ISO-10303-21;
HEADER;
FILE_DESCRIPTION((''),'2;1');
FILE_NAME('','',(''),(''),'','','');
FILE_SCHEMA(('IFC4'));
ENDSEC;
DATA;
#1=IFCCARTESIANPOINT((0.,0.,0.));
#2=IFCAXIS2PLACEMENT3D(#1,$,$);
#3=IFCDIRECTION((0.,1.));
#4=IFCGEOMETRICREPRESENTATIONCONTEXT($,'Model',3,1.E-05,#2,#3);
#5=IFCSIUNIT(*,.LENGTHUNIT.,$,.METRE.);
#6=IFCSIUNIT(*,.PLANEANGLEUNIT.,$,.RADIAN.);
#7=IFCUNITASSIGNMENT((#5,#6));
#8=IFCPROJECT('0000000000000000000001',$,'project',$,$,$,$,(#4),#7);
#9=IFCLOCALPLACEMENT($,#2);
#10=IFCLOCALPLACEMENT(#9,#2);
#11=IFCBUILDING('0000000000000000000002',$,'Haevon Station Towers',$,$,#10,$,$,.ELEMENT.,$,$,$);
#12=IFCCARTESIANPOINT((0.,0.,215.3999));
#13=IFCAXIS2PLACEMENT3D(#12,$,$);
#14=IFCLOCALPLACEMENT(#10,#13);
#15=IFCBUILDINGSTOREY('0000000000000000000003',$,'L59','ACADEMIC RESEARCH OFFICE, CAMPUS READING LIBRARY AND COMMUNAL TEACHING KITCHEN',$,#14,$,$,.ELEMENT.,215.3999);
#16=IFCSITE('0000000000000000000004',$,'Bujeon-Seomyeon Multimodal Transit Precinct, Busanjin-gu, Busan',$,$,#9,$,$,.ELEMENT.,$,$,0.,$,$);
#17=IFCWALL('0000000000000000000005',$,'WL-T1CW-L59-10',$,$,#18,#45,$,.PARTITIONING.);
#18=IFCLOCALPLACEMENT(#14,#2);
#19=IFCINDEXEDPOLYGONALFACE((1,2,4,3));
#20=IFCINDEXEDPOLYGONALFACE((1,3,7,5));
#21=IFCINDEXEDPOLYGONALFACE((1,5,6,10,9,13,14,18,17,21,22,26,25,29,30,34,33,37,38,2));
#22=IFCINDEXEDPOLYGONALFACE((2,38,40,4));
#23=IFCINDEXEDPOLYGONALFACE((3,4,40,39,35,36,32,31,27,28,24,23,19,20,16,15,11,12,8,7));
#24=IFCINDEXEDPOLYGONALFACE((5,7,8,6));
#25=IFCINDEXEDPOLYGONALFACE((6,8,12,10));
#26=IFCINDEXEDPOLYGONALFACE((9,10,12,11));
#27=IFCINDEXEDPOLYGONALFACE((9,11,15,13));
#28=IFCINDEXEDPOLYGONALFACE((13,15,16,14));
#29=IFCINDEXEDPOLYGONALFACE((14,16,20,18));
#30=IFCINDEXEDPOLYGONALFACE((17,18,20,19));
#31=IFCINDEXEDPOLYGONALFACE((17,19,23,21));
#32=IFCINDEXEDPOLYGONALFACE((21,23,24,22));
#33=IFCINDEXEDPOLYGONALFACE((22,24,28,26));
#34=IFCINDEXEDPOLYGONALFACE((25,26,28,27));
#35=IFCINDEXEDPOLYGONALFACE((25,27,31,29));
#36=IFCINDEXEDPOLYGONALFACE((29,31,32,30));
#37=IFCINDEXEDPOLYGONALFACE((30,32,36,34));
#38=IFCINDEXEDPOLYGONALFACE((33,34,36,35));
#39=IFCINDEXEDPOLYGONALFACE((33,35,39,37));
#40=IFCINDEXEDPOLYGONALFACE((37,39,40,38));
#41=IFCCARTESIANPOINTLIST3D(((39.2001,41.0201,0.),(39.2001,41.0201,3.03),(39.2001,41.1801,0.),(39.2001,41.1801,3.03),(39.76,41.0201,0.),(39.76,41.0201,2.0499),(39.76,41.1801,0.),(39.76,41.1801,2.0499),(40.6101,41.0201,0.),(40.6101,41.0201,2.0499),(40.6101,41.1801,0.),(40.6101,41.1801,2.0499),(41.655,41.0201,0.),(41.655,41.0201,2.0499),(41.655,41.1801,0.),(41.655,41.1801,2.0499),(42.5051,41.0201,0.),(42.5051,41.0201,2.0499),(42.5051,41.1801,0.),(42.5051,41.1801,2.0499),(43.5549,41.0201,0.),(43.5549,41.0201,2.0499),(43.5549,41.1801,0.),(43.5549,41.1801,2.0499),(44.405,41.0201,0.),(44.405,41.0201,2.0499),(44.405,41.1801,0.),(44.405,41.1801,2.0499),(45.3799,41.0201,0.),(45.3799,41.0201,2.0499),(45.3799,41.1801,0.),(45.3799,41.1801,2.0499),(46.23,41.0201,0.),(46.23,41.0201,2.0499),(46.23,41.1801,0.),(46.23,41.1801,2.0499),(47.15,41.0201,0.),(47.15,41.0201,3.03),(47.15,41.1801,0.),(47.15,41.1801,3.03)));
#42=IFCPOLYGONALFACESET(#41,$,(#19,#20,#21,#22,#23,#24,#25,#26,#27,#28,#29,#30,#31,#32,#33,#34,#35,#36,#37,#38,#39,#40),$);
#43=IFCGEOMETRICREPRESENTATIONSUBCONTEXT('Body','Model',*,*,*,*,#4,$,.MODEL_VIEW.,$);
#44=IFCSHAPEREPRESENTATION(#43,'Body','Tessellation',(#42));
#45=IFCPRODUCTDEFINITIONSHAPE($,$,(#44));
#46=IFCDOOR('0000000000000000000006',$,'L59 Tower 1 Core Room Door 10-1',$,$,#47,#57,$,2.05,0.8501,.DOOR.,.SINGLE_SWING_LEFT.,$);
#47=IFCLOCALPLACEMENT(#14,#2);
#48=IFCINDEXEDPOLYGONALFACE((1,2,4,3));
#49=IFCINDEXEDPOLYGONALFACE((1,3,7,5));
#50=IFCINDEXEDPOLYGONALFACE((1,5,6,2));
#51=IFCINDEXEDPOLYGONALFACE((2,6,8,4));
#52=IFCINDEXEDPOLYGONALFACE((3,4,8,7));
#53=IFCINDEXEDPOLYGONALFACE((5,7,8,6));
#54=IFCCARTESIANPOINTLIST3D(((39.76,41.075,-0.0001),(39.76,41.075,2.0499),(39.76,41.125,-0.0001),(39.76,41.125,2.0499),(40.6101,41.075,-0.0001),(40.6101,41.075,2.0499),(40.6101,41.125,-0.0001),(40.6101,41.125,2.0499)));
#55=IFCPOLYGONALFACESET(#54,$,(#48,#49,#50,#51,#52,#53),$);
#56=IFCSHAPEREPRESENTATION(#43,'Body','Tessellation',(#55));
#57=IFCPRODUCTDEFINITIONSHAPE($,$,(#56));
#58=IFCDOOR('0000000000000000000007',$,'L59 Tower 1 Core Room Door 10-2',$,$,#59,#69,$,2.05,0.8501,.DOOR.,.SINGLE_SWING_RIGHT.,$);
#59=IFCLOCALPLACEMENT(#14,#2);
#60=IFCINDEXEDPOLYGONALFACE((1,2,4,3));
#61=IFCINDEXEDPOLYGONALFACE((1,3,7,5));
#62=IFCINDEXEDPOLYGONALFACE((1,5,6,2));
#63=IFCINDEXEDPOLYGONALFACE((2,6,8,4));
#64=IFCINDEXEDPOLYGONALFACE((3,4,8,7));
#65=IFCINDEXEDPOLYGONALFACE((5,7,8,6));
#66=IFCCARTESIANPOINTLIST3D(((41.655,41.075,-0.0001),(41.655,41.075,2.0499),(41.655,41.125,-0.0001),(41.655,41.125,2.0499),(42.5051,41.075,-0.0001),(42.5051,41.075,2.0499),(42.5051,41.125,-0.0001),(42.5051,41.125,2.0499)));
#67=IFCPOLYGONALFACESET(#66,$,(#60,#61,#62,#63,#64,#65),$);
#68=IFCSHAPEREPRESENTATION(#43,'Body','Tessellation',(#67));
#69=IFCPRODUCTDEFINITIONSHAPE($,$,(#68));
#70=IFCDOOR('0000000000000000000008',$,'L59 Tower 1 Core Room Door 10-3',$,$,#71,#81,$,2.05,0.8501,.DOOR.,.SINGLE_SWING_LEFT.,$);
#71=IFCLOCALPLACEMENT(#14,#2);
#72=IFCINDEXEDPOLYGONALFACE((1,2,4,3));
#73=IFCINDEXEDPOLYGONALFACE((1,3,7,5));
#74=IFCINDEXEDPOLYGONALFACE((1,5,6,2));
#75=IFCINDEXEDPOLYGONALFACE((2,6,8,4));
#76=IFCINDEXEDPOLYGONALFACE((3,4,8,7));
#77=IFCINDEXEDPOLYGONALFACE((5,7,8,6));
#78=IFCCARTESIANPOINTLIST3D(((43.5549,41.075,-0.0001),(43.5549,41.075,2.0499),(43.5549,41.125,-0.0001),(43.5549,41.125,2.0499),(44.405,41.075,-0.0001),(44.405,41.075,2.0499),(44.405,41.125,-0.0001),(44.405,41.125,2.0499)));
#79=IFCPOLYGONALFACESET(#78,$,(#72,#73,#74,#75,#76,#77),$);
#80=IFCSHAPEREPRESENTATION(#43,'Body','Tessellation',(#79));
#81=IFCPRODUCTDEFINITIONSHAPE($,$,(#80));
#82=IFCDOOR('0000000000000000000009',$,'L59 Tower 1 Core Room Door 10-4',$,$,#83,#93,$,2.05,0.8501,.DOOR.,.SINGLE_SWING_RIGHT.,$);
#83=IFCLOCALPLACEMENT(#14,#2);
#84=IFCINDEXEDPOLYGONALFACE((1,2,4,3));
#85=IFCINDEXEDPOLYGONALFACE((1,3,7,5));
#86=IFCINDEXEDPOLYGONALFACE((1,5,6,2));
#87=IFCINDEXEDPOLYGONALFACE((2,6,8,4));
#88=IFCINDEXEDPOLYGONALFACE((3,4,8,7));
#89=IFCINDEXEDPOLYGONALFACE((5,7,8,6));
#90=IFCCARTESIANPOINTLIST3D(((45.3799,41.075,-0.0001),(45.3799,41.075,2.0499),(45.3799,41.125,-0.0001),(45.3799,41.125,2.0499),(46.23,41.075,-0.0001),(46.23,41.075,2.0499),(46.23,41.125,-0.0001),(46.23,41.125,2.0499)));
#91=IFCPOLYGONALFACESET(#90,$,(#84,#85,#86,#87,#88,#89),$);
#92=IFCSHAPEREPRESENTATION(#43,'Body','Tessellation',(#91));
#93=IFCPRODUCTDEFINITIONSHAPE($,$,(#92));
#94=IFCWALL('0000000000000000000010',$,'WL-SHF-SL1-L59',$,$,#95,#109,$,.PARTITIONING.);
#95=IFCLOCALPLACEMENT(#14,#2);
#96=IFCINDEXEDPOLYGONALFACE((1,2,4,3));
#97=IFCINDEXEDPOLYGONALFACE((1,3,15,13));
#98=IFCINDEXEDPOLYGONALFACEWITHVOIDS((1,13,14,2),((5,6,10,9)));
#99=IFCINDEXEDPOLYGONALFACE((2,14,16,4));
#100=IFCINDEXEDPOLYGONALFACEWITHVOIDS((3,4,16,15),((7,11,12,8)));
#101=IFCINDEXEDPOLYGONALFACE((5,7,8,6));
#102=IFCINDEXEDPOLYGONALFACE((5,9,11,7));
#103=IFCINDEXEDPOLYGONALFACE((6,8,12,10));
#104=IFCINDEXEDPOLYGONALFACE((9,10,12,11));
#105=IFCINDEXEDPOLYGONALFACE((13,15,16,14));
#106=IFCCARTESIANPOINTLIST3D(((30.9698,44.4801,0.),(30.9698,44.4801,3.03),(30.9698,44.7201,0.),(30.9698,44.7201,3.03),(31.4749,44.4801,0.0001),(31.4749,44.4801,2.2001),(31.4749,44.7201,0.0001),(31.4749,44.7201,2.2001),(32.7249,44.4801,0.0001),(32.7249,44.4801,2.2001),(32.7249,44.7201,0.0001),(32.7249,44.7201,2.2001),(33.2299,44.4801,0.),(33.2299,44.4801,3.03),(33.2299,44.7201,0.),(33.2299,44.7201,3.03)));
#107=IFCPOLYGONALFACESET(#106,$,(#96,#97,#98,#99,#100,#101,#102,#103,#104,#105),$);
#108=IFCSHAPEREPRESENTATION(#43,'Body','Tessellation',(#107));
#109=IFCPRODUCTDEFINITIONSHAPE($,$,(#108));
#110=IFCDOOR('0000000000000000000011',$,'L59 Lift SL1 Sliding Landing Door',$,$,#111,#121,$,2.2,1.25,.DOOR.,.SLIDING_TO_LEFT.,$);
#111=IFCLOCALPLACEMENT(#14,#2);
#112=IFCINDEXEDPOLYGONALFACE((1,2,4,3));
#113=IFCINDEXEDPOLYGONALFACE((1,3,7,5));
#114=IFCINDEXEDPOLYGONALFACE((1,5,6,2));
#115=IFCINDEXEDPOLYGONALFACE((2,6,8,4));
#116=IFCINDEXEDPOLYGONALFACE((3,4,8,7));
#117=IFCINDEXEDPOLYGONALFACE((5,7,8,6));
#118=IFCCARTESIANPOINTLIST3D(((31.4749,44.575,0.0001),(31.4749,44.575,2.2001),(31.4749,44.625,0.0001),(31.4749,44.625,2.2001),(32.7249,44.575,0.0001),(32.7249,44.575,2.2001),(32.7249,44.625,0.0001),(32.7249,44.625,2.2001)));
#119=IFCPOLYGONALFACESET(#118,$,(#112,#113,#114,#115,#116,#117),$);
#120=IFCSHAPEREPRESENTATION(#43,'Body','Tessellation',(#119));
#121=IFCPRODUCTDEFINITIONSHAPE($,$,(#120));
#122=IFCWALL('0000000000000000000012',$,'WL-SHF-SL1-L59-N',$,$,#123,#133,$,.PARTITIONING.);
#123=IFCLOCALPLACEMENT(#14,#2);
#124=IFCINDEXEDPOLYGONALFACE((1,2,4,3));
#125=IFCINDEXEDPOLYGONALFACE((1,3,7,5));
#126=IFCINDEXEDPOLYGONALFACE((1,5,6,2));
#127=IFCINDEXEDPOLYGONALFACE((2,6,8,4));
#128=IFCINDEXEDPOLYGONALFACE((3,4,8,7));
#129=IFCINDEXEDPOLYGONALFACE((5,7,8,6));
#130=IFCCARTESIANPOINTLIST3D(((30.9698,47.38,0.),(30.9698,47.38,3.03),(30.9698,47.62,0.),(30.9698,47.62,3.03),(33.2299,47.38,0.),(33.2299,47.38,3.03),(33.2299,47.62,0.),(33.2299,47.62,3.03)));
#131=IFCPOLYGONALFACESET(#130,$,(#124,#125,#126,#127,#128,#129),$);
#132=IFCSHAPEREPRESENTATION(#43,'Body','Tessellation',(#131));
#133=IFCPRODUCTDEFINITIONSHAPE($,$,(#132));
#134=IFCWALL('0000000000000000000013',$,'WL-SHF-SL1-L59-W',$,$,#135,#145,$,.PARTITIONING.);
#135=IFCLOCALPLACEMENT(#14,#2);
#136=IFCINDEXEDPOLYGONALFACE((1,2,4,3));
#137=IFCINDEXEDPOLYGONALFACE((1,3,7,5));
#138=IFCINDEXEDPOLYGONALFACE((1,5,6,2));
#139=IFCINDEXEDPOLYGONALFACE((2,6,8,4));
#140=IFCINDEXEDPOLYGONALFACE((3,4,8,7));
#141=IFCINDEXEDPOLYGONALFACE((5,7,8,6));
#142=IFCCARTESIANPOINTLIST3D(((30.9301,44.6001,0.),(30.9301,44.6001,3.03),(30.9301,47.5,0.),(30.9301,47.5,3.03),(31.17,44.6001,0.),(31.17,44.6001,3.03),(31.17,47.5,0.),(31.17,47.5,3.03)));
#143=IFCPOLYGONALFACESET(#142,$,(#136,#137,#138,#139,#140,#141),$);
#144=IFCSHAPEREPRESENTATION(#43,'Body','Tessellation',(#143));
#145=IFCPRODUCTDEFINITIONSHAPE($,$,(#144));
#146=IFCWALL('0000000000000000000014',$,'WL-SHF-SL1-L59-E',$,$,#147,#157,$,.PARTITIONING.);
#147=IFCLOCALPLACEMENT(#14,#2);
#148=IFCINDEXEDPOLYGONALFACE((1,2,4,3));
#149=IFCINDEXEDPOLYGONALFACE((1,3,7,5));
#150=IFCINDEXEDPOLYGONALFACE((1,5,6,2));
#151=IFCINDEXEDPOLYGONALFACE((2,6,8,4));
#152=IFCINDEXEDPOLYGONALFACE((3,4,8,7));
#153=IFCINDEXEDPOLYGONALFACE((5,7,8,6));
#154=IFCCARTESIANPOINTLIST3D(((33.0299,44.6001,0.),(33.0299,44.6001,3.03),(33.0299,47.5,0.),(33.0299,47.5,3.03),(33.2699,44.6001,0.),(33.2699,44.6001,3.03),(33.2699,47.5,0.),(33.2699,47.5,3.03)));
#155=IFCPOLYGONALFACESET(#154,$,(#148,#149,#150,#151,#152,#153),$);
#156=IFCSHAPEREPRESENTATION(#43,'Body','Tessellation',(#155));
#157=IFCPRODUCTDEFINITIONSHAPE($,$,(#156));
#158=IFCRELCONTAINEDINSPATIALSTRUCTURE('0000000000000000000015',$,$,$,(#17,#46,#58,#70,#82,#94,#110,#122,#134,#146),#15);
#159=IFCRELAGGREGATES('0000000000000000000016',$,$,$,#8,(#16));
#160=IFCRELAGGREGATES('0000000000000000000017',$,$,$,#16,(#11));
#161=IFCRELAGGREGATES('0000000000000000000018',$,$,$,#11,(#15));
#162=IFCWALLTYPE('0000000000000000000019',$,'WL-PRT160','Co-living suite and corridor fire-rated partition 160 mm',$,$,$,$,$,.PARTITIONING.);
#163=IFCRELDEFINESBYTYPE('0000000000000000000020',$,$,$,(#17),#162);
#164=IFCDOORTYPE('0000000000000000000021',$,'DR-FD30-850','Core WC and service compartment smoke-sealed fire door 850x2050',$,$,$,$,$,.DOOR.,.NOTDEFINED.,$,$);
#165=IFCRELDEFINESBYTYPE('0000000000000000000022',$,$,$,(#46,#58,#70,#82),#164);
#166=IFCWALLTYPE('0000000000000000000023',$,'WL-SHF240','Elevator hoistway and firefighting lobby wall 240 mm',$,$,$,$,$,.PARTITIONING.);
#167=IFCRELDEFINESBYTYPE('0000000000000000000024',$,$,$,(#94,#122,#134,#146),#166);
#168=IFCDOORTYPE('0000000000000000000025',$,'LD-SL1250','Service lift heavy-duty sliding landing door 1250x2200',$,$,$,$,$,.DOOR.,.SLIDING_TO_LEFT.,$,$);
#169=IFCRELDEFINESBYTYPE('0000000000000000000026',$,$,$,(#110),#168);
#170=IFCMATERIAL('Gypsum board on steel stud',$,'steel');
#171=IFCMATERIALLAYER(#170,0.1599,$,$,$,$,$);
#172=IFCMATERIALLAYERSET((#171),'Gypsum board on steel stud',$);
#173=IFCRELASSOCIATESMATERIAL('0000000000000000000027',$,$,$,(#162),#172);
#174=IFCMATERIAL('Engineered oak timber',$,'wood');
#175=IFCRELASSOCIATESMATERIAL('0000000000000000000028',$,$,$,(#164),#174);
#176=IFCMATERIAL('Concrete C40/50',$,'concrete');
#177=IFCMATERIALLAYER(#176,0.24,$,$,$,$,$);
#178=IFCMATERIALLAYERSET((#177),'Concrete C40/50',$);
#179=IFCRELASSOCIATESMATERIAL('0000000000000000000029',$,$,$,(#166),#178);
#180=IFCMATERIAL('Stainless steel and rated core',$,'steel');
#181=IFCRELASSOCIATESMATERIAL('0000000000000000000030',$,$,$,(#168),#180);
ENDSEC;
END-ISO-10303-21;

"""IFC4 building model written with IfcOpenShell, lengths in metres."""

from ifc_helpers import new_model, si_unit, direction, frame, frame_2d, origin, place, context, subcontext, project, spatial, rectangle, extrude, material, layer, layer_set, type_object, element, fill, save


model = new_model("IFC4")

# Units and contexts
model_context = context("Model", 3, precision=1e-05, world=origin(), true_north=direction((0.0, 1.0)))
body_context = subcontext(model_context, "Body", "Model", "MODEL_VIEW")
ifc_project = project(units=[si_unit("LENGTHUNIT", "METRE"), si_unit("PLANEANGLEUNIT", "RADIAN")], contexts=[model_context])

# Site, building, storey
site_placement = place(None, origin())
site = spatial("IfcSite", under=ifc_project, at=site_placement, Name="Bujeon-Seomyeon Multimodal Transit Precinct, Busanjin-gu, Busan", CompositionType="ELEMENT", RefElevation=0.0)
building_placement = place(site_placement, origin())
building = spatial("IfcBuilding", under=site, at=building_placement, Name="Haevon Station Towers", CompositionType="ELEMENT")
storey_placement = place(building_placement, frame((0.0, 0.0, 215.3999)))
storey = spatial("IfcBuildingStorey", under=building, at=storey_placement, Name="L59", Description="ACADEMIC RESEARCH OFFICE, CAMPUS READING LIBRARY AND COMMUNAL TEACHING KITCHEN", CompositionType="ELEMENT", Elevation=215.3999)

# Shared definitions
ifc_material_1 = material(Name="Gypsum board on steel stud", Category="steel")
ifc_layer_1 = layer(ifc_material_1, 0.1599)
ifc_layer_set_1 = layer_set([ifc_layer_1], Name="Gypsum board on steel stud")
wall_type_1 = type_object("IfcWallType", Name="WL-PRT160", Description="Co-living suite and corridor fire-rated partition 160 mm", PredefinedType="PARTITIONING", material=ifc_layer_set_1)
ifc_material_2 = material(Name="Engineered oak timber", Category="wood")

# Wall, openings, doors
wall_1_placement = place(storey_placement, frame((39.2, 41.1001, 0.0), z_axis=(0.0, 0.0, 1.0), x_axis=(1.0, 0.0, 0.0)))
wall_1 = element("IfcWall", 1, at=wall_1_placement, inside=storey, type_object=wall_type_1, Name="WL-T1CW-L59-10", PredefinedType="PARTITIONING", context=body_context, shape_type="SweptSolid", body=[
    extrude(rectangle(XDim=7.95, YDim=0.1599, at=frame_2d((3.9751, 0.0))), origin(), (0.0, 0.0, 1.0), 3.03),
])
opening_1_placement = place(wall_1_placement, frame((0.5601, 0.0, 0.0)))
opening_1 = element("IfcOpeningElement", 2, at=opening_1_placement, cuts=wall_1, PredefinedType="OPENING", context=body_context, shape_type="SweptSolid", body=[
    extrude(rectangle(XDim=0.8501, YDim=2.05, at=frame_2d((0.425, 1.0249))), frame((0.0, 0.0898, 0.0), z_axis=(0.0, -1.0, 0.0), x_axis=(1.0, 0.0, 0.0)), (0.0, 0.0, 1.0), 0.1799),
])
opening_2_placement = place(wall_1_placement, frame((2.4551, 0.0, 0.0)))
opening_2 = element("IfcOpeningElement", 3, at=opening_2_placement, cuts=wall_1, PredefinedType="OPENING", context=body_context, shape_type="SweptSolid", body=[
    extrude(rectangle(XDim=0.8501, YDim=2.05, at=frame_2d((0.425, 1.0249))), frame((0.0, 0.0898, 0.0), z_axis=(0.0, -1.0, 0.0), x_axis=(1.0, 0.0, 0.0)), (0.0, 0.0, 1.0), 0.1799),
])
opening_3_placement = place(wall_1_placement, frame((4.355, 0.0, 0.0)))
opening_3 = element("IfcOpeningElement", 4, at=opening_3_placement, cuts=wall_1, PredefinedType="OPENING", context=body_context, shape_type="SweptSolid", body=[
    extrude(rectangle(XDim=0.8501, YDim=2.05, at=frame_2d((0.425, 1.0249))), frame((0.0, 0.0898, 0.0), z_axis=(0.0, -1.0, 0.0), x_axis=(1.0, 0.0, 0.0)), (0.0, 0.0, 1.0), 0.1799),
])
opening_4_placement = place(wall_1_placement, frame((6.1799, 0.0, 0.0)))
opening_4 = element("IfcOpeningElement", 5, at=opening_4_placement, cuts=wall_1, PredefinedType="OPENING", context=body_context, shape_type="SweptSolid", body=[
    extrude(rectangle(XDim=0.8501, YDim=2.05, at=frame_2d((0.425, 1.0249))), frame((0.0, 0.0898, 0.0), z_axis=(0.0, -1.0, 0.0), x_axis=(1.0, 0.0, 0.0)), (0.0, 0.0, 1.0), 0.1799),
])
door_type_1 = type_object("IfcDoorType", Name="DR-FD30-850", Description="Core WC and service compartment smoke-sealed fire door 850x2050", OperationType="NOTDEFINED", PredefinedType="DOOR", material=ifc_material_2)
door_1_placement = place(opening_1_placement, origin())
door_1 = element("IfcDoor", 6, at=door_1_placement, inside=storey, type_object=door_type_1, Name="L59 Tower 1 Core Room Door 10-1", OperationType="SINGLE_SWING_LEFT", OverallHeight=2.05, OverallWidth=0.8501, PredefinedType="DOOR", context=body_context, shape_type="SweptSolid", body=[
    extrude(rectangle(XDim=0.8501, YDim=2.05, at=frame_2d((0.425, 1.0249))), frame((0.0, 0.0249, 0.0), z_axis=(0.0, -1.0, 0.0), x_axis=(1.0, 0.0, 0.0)), (0.0, 0.0, 1.0), 0.05),
])
fill(opening_1, door_1)
door_2_placement = place(opening_2_placement, origin())
door_2 = element("IfcDoor", 7, at=door_2_placement, inside=storey, type_object=door_type_1, Name="L59 Tower 1 Core Room Door 10-2", OperationType="SINGLE_SWING_RIGHT", OverallHeight=2.05, OverallWidth=0.8501, PredefinedType="DOOR", context=body_context, shape_type="SweptSolid", body=[
    extrude(rectangle(XDim=0.8501, YDim=2.05, at=frame_2d((0.425, 1.0249))), frame((0.0, 0.0249, 0.0), z_axis=(0.0, -1.0, 0.0), x_axis=(1.0, 0.0, 0.0)), (0.0, 0.0, 1.0), 0.05),
])
fill(opening_2, door_2)
door_3_placement = place(opening_3_placement, origin())
door_3 = element("IfcDoor", 8, at=door_3_placement, inside=storey, type_object=door_type_1, Name="L59 Tower 1 Core Room Door 10-3", OperationType="SINGLE_SWING_LEFT", OverallHeight=2.05, OverallWidth=0.8501, PredefinedType="DOOR", context=body_context, shape_type="SweptSolid", body=[
    extrude(rectangle(XDim=0.8501, YDim=2.05, at=frame_2d((0.425, 1.0249))), frame((0.0, 0.0249, 0.0), z_axis=(0.0, -1.0, 0.0), x_axis=(1.0, 0.0, 0.0)), (0.0, 0.0, 1.0), 0.05),
])
fill(opening_3, door_3)
door_4_placement = place(opening_4_placement, origin())
door_4 = element("IfcDoor", 9, at=door_4_placement, inside=storey, type_object=door_type_1, Name="L59 Tower 1 Core Room Door 10-4", OperationType="SINGLE_SWING_RIGHT", OverallHeight=2.05, OverallWidth=0.8501, PredefinedType="DOOR", context=body_context, shape_type="SweptSolid", body=[
    extrude(rectangle(XDim=0.8501, YDim=2.05, at=frame_2d((0.425, 1.0249))), frame((0.0, 0.0249, 0.0), z_axis=(0.0, -1.0, 0.0), x_axis=(1.0, 0.0, 0.0)), (0.0, 0.0, 1.0), 0.05),
])
fill(opening_4, door_4)

# Wall, opening, door
ifc_material_3 = material(Name="Concrete C40/50", Category="concrete")
ifc_layer_2 = layer(ifc_material_3, 0.24)
ifc_layer_set_2 = layer_set([ifc_layer_2], Name="Concrete C40/50")
wall_type_2 = type_object("IfcWallType", Name="WL-SHF240", Description="Elevator hoistway and firefighting lobby wall 240 mm", PredefinedType="PARTITIONING", material=ifc_layer_set_2)
wall_2_placement = place(storey_placement, frame((30.97, 44.6001, 0.0), z_axis=(0.0, 0.0, 1.0), x_axis=(1.0, 0.0, 0.0)))
wall_2 = element("IfcWall", 10, at=wall_2_placement, inside=storey, type_object=wall_type_2, Name="WL-SHF-SL1-L59", PredefinedType="PARTITIONING", context=body_context, shape_type="SweptSolid", body=[
    extrude(rectangle(XDim=2.26, YDim=0.24, at=frame_2d((1.1299, 0.0))), origin(), (0.0, 0.0, 1.0), 3.03),
])
opening_5_placement = place(wall_2_placement, frame((0.5049, 0.0, 0.0)))
opening_5 = element("IfcOpeningElement", 11, at=opening_5_placement, cuts=wall_2, PredefinedType="OPENING", context=body_context, shape_type="SweptSolid", body=[
    extrude(rectangle(XDim=1.25, YDim=2.2, at=frame_2d((0.625, 1.1001))), frame((0.0, 0.1299, 0.0), z_axis=(0.0, -1.0, 0.0), x_axis=(1.0, 0.0, 0.0)), (0.0, 0.0, 1.0), 0.26),
])
ifc_material_4 = material(Name="Stainless steel and rated core", Category="steel")
door_type_2 = type_object("IfcDoorType", Name="LD-SL1250", Description="Service lift heavy-duty sliding landing door 1250x2200", OperationType="SLIDING_TO_LEFT", PredefinedType="DOOR", material=ifc_material_4)
door_5_placement = place(opening_5_placement, origin())
door_5 = element("IfcDoor", 12, at=door_5_placement, inside=storey, type_object=door_type_2, Name="L59 Lift SL1 Sliding Landing Door", OperationType="SLIDING_TO_LEFT", OverallHeight=2.2, OverallWidth=1.25, PredefinedType="DOOR", context=body_context, shape_type="SweptSolid", body=[
    extrude(rectangle(XDim=1.25, YDim=2.2, at=frame_2d((0.625, 1.1001))), frame((0.0, 0.0249, 0.0), z_axis=(0.0, -1.0, 0.0), x_axis=(1.0, 0.0, 0.0)), (0.0, 0.0, 1.0), 0.05),
])
fill(opening_5, door_5)

# Walls
wall_3_placement = place(storey_placement, frame((30.97, 47.5, 0.0), z_axis=(0.0, 0.0, 1.0), x_axis=(1.0, 0.0, 0.0)))
element("IfcWall", 13, at=wall_3_placement, inside=storey, type_object=wall_type_2, Name="WL-SHF-SL1-L59-N", PredefinedType="PARTITIONING", context=body_context, shape_type="SweptSolid", body=[
    extrude(rectangle(XDim=2.26, YDim=0.24, at=frame_2d((1.1299, 0.0))), origin(), (0.0, 0.0, 1.0), 3.03),
])
for number, where, z_axis, x_axis, name in (
    (14, (31.05, 44.6001, 0.0), (0.0, 0.0, 1.0), (0.0, 1.0, 0.0), "WL-SHF-SL1-L59-W"),
    (15, (33.1499, 44.6001, 0.0), (0.0, 0.0, 1.0), (0.0, 1.0, 0.0), "WL-SHF-SL1-L59-E"),
):
    element("IfcWall", number, at=place(storey_placement, frame(where, z_axis=z_axis, x_axis=x_axis)), inside=storey, type_object=wall_type_2, Name=name, PredefinedType="PARTITIONING", context=body_context, shape_type="SweptSolid", body=[
        extrude(rectangle(XDim=2.8999, YDim=0.24, at=frame_2d((1.45, 0.0))), origin(), (0.0, 0.0, 1.0), 3.03),
    ])

save(model, "model.ifc")
